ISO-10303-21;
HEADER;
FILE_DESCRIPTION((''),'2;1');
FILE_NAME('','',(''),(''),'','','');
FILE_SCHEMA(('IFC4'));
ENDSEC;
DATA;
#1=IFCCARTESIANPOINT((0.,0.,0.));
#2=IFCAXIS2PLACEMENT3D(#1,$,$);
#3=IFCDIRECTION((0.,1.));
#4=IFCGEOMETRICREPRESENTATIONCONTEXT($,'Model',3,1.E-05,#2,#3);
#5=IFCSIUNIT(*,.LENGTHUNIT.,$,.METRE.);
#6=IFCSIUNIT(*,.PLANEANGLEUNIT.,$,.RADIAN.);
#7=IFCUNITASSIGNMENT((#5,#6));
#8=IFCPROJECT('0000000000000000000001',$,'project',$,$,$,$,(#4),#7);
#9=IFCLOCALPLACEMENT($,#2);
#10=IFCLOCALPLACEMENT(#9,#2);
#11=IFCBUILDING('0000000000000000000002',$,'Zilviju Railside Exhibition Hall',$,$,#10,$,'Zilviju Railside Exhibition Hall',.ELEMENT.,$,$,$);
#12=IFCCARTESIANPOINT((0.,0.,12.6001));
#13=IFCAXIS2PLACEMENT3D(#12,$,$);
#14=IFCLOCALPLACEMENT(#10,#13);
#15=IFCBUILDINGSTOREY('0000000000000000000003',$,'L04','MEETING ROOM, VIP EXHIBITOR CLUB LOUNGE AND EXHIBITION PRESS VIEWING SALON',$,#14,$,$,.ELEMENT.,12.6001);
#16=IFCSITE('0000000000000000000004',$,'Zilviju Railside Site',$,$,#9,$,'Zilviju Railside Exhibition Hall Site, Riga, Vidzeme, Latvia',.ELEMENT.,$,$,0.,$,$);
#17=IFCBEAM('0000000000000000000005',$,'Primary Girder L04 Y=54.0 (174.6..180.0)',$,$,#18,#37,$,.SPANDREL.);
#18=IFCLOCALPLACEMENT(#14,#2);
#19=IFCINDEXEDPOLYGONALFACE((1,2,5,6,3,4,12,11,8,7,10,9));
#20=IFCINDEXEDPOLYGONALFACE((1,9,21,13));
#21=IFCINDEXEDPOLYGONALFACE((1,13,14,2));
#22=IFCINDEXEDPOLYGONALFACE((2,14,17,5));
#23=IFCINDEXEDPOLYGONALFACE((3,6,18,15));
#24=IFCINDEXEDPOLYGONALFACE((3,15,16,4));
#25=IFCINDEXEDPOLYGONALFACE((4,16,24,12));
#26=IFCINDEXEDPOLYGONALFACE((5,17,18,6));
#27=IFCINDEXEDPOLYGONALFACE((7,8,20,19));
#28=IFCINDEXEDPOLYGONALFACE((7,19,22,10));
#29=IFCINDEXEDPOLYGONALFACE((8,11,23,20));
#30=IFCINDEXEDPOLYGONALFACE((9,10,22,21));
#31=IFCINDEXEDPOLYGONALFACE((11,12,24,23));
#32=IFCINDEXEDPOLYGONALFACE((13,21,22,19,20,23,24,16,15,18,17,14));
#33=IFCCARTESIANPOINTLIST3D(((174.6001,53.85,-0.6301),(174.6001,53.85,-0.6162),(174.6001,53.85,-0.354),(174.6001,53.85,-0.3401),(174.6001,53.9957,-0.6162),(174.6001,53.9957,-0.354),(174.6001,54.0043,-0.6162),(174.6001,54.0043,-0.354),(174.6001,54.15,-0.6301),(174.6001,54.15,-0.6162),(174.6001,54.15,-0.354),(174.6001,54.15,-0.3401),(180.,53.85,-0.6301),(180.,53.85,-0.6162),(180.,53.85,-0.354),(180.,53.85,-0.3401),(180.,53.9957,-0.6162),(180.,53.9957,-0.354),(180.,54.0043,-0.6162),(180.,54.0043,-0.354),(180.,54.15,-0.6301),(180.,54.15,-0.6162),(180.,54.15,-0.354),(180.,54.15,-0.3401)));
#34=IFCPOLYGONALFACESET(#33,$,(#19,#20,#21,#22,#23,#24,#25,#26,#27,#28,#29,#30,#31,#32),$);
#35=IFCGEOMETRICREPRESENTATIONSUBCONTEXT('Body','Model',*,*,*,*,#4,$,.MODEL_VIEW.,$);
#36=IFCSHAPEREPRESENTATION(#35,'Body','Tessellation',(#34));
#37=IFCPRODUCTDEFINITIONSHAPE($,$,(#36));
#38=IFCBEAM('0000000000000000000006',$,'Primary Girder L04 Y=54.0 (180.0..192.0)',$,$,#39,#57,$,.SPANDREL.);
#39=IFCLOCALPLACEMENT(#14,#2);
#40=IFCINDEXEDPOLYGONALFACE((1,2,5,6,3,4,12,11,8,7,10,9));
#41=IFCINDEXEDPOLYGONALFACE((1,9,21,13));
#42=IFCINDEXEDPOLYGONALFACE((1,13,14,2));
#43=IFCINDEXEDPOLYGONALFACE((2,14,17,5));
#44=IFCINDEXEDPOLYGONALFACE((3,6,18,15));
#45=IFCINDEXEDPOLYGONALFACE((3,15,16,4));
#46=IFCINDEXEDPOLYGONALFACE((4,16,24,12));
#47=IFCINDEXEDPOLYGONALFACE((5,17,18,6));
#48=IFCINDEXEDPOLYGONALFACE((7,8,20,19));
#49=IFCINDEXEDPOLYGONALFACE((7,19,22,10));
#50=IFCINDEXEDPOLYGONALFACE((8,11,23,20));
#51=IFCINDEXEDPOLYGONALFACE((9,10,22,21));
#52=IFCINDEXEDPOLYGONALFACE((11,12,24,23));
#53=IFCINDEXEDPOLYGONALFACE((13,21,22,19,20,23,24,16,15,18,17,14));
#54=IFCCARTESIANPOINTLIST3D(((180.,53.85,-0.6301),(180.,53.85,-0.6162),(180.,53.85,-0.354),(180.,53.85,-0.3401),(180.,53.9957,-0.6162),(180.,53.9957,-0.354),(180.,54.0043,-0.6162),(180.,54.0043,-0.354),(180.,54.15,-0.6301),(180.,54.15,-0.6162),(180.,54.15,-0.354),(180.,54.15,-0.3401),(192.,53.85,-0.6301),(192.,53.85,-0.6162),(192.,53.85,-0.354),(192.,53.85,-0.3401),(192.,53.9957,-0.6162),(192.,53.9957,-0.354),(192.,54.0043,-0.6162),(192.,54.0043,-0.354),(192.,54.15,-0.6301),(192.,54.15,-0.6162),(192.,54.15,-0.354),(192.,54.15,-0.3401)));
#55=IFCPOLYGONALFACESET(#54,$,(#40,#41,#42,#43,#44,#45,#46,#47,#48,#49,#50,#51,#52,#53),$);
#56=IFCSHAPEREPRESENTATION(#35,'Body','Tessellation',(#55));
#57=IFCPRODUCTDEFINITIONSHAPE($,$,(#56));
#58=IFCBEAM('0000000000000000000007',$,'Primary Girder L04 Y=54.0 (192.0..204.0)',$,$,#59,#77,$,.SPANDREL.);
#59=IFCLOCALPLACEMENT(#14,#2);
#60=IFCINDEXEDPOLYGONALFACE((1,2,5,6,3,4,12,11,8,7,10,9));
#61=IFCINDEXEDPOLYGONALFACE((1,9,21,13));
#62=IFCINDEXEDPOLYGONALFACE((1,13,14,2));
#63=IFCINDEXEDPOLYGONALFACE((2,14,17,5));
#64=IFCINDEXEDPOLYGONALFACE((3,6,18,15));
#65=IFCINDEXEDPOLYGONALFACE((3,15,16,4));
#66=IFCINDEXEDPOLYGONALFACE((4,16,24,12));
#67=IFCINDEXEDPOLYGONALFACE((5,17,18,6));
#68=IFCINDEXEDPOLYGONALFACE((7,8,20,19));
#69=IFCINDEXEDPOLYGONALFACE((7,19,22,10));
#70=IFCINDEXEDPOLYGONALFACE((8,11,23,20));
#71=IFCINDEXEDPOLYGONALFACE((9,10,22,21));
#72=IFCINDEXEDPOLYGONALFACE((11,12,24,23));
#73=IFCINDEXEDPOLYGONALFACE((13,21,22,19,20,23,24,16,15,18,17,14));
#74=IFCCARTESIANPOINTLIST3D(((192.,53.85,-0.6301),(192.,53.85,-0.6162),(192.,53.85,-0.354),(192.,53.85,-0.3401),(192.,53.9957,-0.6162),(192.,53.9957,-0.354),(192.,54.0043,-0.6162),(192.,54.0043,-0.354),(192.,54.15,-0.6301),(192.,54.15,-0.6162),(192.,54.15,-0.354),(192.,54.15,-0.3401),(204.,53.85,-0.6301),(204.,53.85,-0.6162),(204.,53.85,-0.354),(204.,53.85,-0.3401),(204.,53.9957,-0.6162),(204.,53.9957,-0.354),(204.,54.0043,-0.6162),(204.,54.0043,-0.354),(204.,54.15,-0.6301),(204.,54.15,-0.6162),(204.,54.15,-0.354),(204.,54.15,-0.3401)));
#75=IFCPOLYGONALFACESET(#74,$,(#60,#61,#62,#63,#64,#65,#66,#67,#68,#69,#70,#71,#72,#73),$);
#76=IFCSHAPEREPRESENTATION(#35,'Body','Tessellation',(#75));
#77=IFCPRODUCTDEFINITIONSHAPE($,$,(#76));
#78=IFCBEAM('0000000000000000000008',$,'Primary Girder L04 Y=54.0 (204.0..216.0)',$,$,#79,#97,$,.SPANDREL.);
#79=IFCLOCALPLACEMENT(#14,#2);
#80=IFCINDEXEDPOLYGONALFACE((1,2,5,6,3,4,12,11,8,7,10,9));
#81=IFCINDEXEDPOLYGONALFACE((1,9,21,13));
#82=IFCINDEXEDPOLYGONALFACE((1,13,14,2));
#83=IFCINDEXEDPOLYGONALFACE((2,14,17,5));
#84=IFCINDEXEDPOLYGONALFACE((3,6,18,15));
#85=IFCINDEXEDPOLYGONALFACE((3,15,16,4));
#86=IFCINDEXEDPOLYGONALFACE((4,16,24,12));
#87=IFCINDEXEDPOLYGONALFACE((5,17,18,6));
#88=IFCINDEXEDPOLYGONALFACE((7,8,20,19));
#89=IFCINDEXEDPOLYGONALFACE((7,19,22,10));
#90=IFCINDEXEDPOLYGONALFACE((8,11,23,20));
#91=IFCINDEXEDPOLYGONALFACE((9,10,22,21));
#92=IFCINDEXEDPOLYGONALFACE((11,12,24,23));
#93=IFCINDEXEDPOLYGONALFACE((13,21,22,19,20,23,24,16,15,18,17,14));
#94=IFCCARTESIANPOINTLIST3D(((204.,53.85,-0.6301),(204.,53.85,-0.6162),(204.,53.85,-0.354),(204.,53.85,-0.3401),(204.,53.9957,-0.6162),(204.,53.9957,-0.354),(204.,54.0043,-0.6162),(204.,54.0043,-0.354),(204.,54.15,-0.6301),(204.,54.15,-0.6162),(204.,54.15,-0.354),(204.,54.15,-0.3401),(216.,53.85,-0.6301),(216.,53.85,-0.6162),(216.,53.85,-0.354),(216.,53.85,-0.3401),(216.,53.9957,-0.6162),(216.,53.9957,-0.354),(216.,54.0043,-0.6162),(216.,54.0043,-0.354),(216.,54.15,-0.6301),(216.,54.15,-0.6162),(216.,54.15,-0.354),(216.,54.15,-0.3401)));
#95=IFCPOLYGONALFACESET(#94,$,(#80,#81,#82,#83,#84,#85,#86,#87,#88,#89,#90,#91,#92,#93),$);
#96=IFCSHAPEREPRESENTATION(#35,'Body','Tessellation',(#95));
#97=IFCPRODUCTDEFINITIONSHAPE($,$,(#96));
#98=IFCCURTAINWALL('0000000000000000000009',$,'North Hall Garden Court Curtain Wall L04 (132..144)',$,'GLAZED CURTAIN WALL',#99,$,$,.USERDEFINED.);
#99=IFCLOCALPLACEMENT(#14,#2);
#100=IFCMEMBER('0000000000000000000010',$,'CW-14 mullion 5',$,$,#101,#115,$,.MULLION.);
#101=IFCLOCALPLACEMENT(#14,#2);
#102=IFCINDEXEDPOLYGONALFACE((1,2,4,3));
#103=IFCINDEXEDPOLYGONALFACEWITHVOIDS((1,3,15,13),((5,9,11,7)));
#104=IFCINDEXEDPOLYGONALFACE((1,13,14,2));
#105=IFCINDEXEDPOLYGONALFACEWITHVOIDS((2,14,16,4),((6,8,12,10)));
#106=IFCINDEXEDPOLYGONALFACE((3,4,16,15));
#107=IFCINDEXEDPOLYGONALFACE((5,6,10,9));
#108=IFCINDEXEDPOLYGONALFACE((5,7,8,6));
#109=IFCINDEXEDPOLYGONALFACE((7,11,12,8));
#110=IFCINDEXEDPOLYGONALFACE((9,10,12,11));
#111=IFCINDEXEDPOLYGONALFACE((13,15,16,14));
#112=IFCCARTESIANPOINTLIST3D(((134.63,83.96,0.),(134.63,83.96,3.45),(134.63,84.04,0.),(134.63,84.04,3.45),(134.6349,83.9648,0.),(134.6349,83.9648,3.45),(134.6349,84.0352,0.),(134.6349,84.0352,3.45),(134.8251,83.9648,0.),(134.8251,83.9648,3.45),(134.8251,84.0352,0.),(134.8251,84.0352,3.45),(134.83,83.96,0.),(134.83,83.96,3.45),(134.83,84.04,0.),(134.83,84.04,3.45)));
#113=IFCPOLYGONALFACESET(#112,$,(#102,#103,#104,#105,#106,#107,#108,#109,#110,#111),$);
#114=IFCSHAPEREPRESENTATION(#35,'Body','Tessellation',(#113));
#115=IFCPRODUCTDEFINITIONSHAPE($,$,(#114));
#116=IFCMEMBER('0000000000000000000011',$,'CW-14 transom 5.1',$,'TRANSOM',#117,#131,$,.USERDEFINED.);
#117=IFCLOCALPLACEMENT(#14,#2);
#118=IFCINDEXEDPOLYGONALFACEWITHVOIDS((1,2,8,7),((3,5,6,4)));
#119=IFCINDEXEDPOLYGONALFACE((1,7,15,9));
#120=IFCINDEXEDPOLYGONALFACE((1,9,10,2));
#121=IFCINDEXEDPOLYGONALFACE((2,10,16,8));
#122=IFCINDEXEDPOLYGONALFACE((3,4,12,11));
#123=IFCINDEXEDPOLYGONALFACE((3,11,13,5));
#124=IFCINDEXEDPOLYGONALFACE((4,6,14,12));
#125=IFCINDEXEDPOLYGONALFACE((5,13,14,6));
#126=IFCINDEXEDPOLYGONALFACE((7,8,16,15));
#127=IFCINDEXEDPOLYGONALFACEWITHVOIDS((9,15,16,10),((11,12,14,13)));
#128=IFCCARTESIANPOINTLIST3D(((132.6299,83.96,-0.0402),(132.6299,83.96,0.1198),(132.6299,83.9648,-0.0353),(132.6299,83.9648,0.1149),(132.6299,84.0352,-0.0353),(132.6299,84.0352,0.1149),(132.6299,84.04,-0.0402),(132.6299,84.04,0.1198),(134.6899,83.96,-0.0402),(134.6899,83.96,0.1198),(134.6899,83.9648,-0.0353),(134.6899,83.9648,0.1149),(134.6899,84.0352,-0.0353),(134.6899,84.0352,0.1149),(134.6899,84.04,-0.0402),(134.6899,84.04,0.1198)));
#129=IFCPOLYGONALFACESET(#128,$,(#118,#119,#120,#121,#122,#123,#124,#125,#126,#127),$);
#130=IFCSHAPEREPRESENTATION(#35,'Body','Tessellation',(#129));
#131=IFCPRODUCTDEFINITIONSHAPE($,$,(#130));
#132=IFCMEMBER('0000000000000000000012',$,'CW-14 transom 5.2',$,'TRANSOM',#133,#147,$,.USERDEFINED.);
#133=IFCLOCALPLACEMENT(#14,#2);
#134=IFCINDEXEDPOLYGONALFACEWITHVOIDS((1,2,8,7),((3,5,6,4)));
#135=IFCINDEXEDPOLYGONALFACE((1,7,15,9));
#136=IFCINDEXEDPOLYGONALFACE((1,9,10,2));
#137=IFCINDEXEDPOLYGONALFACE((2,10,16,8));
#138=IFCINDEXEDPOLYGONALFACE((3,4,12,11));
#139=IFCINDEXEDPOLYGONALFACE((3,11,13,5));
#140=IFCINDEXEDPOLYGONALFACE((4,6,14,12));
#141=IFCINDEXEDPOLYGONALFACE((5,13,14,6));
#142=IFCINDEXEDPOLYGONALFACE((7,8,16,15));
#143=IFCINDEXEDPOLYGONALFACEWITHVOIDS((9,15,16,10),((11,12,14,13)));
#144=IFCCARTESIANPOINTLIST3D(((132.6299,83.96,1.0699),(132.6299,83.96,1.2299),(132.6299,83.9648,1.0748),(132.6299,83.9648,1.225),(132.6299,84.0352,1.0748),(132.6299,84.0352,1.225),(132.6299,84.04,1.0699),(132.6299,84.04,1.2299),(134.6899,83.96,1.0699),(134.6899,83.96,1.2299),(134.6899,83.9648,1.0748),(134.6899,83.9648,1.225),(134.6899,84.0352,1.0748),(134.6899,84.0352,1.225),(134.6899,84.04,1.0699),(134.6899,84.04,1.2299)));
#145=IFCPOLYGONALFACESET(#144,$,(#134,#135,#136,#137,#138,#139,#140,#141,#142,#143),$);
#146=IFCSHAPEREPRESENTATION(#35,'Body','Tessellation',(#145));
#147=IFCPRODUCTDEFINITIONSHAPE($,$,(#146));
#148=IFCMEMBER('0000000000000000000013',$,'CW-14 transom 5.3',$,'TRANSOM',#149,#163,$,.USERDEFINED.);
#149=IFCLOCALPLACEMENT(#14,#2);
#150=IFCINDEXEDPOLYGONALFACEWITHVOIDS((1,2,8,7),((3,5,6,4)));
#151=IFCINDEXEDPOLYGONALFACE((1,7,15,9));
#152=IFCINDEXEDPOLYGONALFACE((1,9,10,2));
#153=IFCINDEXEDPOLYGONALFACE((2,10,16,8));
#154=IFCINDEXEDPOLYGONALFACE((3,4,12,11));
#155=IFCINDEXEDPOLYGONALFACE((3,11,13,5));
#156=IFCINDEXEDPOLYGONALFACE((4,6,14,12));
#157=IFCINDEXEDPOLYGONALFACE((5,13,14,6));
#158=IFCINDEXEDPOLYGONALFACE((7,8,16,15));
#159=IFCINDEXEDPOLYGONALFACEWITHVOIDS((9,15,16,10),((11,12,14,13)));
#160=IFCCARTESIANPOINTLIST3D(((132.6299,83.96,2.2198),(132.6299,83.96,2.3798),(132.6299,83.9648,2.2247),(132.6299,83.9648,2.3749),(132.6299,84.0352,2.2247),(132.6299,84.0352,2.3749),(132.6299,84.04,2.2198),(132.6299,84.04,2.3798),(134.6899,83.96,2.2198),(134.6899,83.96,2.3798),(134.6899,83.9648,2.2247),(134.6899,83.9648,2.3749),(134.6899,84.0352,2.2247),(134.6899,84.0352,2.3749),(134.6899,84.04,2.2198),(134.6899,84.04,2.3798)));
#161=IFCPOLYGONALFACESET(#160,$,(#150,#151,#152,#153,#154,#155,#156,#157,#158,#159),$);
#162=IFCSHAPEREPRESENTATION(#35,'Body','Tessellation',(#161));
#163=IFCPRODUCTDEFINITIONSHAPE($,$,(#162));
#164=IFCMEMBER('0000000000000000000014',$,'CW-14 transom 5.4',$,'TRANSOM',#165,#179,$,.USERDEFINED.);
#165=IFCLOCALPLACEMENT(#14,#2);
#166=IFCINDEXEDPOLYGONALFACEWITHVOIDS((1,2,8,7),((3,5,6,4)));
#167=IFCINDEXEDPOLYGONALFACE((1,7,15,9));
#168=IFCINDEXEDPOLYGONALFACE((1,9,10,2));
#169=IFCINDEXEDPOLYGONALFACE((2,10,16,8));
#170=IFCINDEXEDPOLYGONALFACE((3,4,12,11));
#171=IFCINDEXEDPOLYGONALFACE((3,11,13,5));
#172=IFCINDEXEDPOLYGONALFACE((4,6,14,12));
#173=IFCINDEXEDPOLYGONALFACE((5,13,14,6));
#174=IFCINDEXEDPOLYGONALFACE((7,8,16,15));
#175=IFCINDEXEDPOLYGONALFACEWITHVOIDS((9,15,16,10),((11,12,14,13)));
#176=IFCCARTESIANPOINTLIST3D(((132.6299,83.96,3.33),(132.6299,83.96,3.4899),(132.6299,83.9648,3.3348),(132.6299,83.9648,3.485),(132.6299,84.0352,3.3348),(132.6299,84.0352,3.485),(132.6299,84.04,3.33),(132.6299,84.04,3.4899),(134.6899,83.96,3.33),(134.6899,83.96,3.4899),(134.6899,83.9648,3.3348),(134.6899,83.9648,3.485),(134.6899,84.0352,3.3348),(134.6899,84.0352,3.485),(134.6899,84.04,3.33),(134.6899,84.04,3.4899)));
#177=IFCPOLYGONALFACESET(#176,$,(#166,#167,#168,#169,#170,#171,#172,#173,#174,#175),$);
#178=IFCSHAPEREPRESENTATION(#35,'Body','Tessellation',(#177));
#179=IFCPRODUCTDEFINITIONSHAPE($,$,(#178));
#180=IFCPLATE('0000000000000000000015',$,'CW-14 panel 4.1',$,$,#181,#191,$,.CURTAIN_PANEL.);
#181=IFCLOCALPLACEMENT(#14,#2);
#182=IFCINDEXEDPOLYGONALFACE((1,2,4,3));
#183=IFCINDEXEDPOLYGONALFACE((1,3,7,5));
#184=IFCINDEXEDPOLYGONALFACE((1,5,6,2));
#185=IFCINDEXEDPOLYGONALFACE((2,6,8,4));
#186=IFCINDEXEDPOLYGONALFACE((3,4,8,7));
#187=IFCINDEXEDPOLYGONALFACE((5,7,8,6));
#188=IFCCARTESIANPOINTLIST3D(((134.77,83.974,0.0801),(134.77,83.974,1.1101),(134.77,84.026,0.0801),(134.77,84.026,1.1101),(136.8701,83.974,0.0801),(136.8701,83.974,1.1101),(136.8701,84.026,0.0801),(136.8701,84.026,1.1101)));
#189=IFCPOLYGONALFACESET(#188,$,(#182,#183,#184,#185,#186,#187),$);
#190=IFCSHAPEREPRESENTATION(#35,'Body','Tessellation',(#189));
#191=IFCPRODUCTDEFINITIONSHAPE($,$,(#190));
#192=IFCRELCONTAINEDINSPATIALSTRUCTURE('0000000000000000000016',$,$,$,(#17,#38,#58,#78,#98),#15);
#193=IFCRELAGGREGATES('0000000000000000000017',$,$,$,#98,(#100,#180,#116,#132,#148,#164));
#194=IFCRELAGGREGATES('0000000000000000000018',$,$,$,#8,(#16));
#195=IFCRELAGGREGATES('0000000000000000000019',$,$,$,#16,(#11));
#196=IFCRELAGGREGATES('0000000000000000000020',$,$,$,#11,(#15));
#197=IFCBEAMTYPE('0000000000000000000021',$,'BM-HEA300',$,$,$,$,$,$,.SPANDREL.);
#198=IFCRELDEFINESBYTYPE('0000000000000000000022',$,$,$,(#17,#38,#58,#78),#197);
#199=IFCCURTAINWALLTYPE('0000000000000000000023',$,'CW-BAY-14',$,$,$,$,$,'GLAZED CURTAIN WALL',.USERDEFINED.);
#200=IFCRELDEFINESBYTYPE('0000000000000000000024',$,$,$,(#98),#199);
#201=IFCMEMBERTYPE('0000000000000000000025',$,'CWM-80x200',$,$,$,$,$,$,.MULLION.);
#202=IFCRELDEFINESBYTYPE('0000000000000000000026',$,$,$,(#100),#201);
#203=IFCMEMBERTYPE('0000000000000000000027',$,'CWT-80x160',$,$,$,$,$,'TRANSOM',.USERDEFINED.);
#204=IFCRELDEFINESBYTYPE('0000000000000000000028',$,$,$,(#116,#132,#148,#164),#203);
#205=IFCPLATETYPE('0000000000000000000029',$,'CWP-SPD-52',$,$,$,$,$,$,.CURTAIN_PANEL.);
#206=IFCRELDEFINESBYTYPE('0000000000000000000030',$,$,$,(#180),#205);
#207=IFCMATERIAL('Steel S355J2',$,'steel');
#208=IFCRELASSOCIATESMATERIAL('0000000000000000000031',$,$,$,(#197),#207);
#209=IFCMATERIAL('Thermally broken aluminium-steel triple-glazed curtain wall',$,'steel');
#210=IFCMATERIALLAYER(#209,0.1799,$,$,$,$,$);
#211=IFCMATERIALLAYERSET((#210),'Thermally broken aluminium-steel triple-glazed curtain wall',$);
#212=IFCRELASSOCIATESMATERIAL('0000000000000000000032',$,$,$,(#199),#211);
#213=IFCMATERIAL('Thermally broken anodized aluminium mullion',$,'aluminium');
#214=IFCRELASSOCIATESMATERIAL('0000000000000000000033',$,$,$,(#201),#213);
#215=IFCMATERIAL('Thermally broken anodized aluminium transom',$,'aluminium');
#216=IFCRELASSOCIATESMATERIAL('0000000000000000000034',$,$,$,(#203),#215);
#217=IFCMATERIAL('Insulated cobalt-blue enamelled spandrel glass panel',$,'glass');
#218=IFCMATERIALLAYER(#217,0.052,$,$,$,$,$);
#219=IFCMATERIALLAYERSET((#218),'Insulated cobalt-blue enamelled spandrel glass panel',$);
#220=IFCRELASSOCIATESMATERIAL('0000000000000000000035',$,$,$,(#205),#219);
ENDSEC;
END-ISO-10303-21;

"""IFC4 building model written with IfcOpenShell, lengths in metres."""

from ifc_helpers import new_model, si_unit, direction, frame, origin, origin_2d, place, context, subcontext, project, spatial, rectangle, hollow_rectangle, i_section, extrude, material, layer, layer_set, material_profile, profile_set, type_object, element, aggregate, save


model = new_model("IFC4")

# Units and contexts
model_context = context("Model", 3, precision=1e-05, world=origin(), true_north=direction((0.0, 1.0)))
body_context = subcontext(model_context, "Body", "Model", "MODEL_VIEW")
ifc_project = project(units=[si_unit("LENGTHUNIT", "METRE"), si_unit("PLANEANGLEUNIT", "RADIAN")], contexts=[model_context])

# Site, building, storey
site_placement = place(None, origin())
site = spatial("IfcSite", under=ifc_project, at=site_placement, Name="Zilviju Railside Site", LongName="Zilviju Railside Exhibition Hall Site, Riga, Vidzeme, Latvia", CompositionType="ELEMENT", RefElevation=0.0)
building_placement = place(site_placement, origin())
building = spatial("IfcBuilding", under=site, at=building_placement, Name="Zilviju Railside Exhibition Hall", LongName="Zilviju Railside Exhibition Hall", CompositionType="ELEMENT")
storey_placement = place(building_placement, frame((0.0, 0.0, 12.6001)))
storey = spatial("IfcBuildingStorey", under=building, at=storey_placement, Name="L04", Description="MEETING ROOM, VIP EXHIBITOR CLUB LOUNGE AND EXHIBITION PRESS VIEWING SALON", CompositionType="ELEMENT", Elevation=12.6001)

# Beams
ifc_material_1 = material(Name="Steel S355J2", Category="steel")
ifc_material_profile_1 = material_profile(ifc_material_1, i_section(OverallWidth=0.3, OverallDepth=0.29, WebThickness=0.0085, FlangeThickness=0.0139, at=origin_2d()), Name="HEA 300")
ifc_profile_set_1 = profile_set([ifc_material_profile_1], Name="Steel S355J2")
beam_type = type_object("IfcBeamType", Name="BM-HEA300", PredefinedType="SPANDREL", material=ifc_profile_set_1)
for number, where, z_axis, x_axis, name in (
    (1, (174.6001, 54.0, -0.4851), (1.0, 0.0, 0.0), (0.0, 1.0, 0.0), "Primary Girder L04 Y=54.0 (174.6..180.0)"),
):
    element("IfcBeam", number, at=place(storey_placement, frame(where, z_axis=z_axis, x_axis=x_axis)), inside=storey, type_object=beam_type, Name=name, PredefinedType="SPANDREL", context=body_context, shape_type="SweptSolid", body=[
        extrude(i_section(OverallWidth=0.3, OverallDepth=0.29, WebThickness=0.0085, FlangeThickness=0.0139, at=origin_2d()), origin(), (0.0, 0.0, 1.0), 5.3999),
    ])
for number, where, z_axis, x_axis, name in (
    (2, (180.0, 54.0, -0.4851), (1.0, 0.0, 0.0), (0.0, 1.0, 0.0), "Primary Girder L04 Y=54.0 (180.0..192.0)"),
    (3, (192.0, 54.0, -0.4851), (1.0, 0.0, 0.0), (0.0, 1.0, 0.0), "Primary Girder L04 Y=54.0 (192.0..204.0)"),
    (4, (204.0, 54.0, -0.4851), (1.0, 0.0, 0.0), (0.0, 1.0, 0.0), "Primary Girder L04 Y=54.0 (204.0..216.0)"),
):
    element("IfcBeam", number, at=place(storey_placement, frame(where, z_axis=z_axis, x_axis=x_axis)), inside=storey, type_object=beam_type, Name=name, PredefinedType="SPANDREL", context=body_context, shape_type="SweptSolid", body=[
        extrude(i_section(OverallWidth=0.3, OverallDepth=0.29, WebThickness=0.0085, FlangeThickness=0.0139, at=origin_2d()), origin(), (0.0, 0.0, 1.0), 12.0),
    ])

# Curtain wall, members, plate
ifc_material_2 = material(Name="Thermally broken aluminium-steel triple-glazed curtain wall", Category="steel")
ifc_layer_1 = layer(ifc_material_2, 0.1799)
ifc_layer_set_1 = layer_set([ifc_layer_1], Name="Thermally broken aluminium-steel triple-glazed curtain wall")
curtain_wall_type = type_object("IfcCurtainWallType", Name="CW-BAY-14", ElementType="GLAZED CURTAIN WALL", PredefinedType="USERDEFINED", material=ifc_layer_set_1)
curtain_wall_placement = place(storey_placement, origin())
curtain_wall = element("IfcCurtainWall", 5, at=curtain_wall_placement, inside=storey, type_object=curtain_wall_type, Name="North Hall Garden Court Curtain Wall L04 (132..144)", ObjectType="GLAZED CURTAIN WALL", PredefinedType="USERDEFINED")
ifc_material_3 = material(Name="Thermally broken anodized aluminium mullion", Category="aluminium")
ifc_material_profile_2 = material_profile(ifc_material_3, hollow_rectangle(XDim=0.0801, YDim=0.2, WallThickness=0.0049, at=origin_2d()), Name="MULLION 200x80x5")
ifc_profile_set_2 = profile_set([ifc_material_profile_2], Name="Thermally broken anodized aluminium mullion")
member_type_1 = type_object("IfcMemberType", Name="CWM-80x200", PredefinedType="MULLION", material=ifc_profile_set_2)
member_1_placement = place(storey_placement, frame((134.73, 84.0, 0.0), z_axis=(0.0, 0.0, 1.0), x_axis=(0.0, -1.0, 0.0)))
member_1 = element("IfcMember", 6, at=member_1_placement, type_object=member_type_1, Name="CW-14 mullion 5", PredefinedType="MULLION", context=body_context, shape_type="SweptSolid", body=[
    extrude(hollow_rectangle(XDim=0.0801, YDim=0.2, WallThickness=0.0049, at=origin_2d()), origin(), (0.0, 0.0, 1.0), 3.45),
])
ifc_material_4 = material(Name="Thermally broken anodized aluminium transom", Category="aluminium")
ifc_material_profile_3 = material_profile(ifc_material_4, hollow_rectangle(XDim=0.0801, YDim=0.1599, WallThickness=0.0049, at=origin_2d()), Name="TRANSOM 160x80x5")
ifc_profile_set_3 = profile_set([ifc_material_profile_3], Name="Thermally broken anodized aluminium transom")
member_type_2 = type_object("IfcMemberType", Name="CWT-80x160", ElementType="TRANSOM", PredefinedType="USERDEFINED", material=ifc_profile_set_3)
member_2_placement = place(storey_placement, frame((134.6899, 84.0, 0.0398), z_axis=(-1.0, 0.0, 0.0), x_axis=(0.0, -1.0, 0.0)))
member_2 = element("IfcMember", 7, at=member_2_placement, type_object=member_type_2, Name="CW-14 transom 5.1", ObjectType="TRANSOM", PredefinedType="USERDEFINED", context=body_context, shape_type="SweptSolid", body=[
    extrude(hollow_rectangle(XDim=0.0801, YDim=0.1599, WallThickness=0.0049, at=origin_2d()), origin(), (0.0, 0.0, 1.0), 2.0601),
])
member_3_placement = place(storey_placement, frame((134.6899, 84.0, 1.1499), z_axis=(-1.0, 0.0, 0.0), x_axis=(0.0, -1.0, 0.0)))
member_3 = element("IfcMember", 8, at=member_3_placement, type_object=member_type_2, Name="CW-14 transom 5.2", ObjectType="TRANSOM", PredefinedType="USERDEFINED", context=body_context, shape_type="SweptSolid", body=[
    extrude(hollow_rectangle(XDim=0.0801, YDim=0.1599, WallThickness=0.0049, at=origin_2d()), origin(), (0.0, 0.0, 1.0), 2.0601),
])
member_4_placement = place(storey_placement, frame((134.6899, 84.0, 2.2998), z_axis=(-1.0, 0.0, 0.0), x_axis=(0.0, -1.0, 0.0)))
member_4 = element("IfcMember", 9, at=member_4_placement, type_object=member_type_2, Name="CW-14 transom 5.3", ObjectType="TRANSOM", PredefinedType="USERDEFINED", context=body_context, shape_type="SweptSolid", body=[
    extrude(hollow_rectangle(XDim=0.0801, YDim=0.1599, WallThickness=0.0049, at=origin_2d()), origin(), (0.0, 0.0, 1.0), 2.0601),
])
member_5_placement = place(storey_placement, frame((134.6899, 84.0, 3.4099), z_axis=(-1.0, 0.0, 0.0), x_axis=(0.0, -1.0, 0.0)))
member_5 = element("IfcMember", 10, at=member_5_placement, type_object=member_type_2, Name="CW-14 transom 5.4", ObjectType="TRANSOM", PredefinedType="USERDEFINED", context=body_context, shape_type="SweptSolid", body=[
    extrude(hollow_rectangle(XDim=0.0801, YDim=0.1599, WallThickness=0.0049, at=origin_2d()), origin(), (0.0, 0.0, 1.0), 2.0601),
])
ifc_material_5 = material(Name="Insulated cobalt-blue enamelled spandrel glass panel", Category="glass")
ifc_layer_2 = layer(ifc_material_5, 0.052)
ifc_layer_set_2 = layer_set([ifc_layer_2], Name="Insulated cobalt-blue enamelled spandrel glass panel")
plate_type = type_object("IfcPlateType", Name="CWP-SPD-52", PredefinedType="CURTAIN_PANEL", material=ifc_layer_set_2)
plate_1_placement = place(storey_placement, frame((135.8201, 84.0, 0.0801), z_axis=(0.0, 0.0, 1.0), x_axis=(-1.0, 0.0, 0.0)))
plate_1 = element("IfcPlate", 11, at=plate_1_placement, type_object=plate_type, Name="CW-14 panel 4.1", PredefinedType="CURTAIN_PANEL", context=body_context, shape_type="SweptSolid", body=[
    extrude(rectangle(XDim=2.1001, YDim=0.052, at=origin_2d()), origin(), (0.0, 0.0, 1.0), 1.03),
])
aggregate(curtain_wall, [member_1, plate_1, member_2, member_3, member_4, member_5])

save(model, "model.ifc")
